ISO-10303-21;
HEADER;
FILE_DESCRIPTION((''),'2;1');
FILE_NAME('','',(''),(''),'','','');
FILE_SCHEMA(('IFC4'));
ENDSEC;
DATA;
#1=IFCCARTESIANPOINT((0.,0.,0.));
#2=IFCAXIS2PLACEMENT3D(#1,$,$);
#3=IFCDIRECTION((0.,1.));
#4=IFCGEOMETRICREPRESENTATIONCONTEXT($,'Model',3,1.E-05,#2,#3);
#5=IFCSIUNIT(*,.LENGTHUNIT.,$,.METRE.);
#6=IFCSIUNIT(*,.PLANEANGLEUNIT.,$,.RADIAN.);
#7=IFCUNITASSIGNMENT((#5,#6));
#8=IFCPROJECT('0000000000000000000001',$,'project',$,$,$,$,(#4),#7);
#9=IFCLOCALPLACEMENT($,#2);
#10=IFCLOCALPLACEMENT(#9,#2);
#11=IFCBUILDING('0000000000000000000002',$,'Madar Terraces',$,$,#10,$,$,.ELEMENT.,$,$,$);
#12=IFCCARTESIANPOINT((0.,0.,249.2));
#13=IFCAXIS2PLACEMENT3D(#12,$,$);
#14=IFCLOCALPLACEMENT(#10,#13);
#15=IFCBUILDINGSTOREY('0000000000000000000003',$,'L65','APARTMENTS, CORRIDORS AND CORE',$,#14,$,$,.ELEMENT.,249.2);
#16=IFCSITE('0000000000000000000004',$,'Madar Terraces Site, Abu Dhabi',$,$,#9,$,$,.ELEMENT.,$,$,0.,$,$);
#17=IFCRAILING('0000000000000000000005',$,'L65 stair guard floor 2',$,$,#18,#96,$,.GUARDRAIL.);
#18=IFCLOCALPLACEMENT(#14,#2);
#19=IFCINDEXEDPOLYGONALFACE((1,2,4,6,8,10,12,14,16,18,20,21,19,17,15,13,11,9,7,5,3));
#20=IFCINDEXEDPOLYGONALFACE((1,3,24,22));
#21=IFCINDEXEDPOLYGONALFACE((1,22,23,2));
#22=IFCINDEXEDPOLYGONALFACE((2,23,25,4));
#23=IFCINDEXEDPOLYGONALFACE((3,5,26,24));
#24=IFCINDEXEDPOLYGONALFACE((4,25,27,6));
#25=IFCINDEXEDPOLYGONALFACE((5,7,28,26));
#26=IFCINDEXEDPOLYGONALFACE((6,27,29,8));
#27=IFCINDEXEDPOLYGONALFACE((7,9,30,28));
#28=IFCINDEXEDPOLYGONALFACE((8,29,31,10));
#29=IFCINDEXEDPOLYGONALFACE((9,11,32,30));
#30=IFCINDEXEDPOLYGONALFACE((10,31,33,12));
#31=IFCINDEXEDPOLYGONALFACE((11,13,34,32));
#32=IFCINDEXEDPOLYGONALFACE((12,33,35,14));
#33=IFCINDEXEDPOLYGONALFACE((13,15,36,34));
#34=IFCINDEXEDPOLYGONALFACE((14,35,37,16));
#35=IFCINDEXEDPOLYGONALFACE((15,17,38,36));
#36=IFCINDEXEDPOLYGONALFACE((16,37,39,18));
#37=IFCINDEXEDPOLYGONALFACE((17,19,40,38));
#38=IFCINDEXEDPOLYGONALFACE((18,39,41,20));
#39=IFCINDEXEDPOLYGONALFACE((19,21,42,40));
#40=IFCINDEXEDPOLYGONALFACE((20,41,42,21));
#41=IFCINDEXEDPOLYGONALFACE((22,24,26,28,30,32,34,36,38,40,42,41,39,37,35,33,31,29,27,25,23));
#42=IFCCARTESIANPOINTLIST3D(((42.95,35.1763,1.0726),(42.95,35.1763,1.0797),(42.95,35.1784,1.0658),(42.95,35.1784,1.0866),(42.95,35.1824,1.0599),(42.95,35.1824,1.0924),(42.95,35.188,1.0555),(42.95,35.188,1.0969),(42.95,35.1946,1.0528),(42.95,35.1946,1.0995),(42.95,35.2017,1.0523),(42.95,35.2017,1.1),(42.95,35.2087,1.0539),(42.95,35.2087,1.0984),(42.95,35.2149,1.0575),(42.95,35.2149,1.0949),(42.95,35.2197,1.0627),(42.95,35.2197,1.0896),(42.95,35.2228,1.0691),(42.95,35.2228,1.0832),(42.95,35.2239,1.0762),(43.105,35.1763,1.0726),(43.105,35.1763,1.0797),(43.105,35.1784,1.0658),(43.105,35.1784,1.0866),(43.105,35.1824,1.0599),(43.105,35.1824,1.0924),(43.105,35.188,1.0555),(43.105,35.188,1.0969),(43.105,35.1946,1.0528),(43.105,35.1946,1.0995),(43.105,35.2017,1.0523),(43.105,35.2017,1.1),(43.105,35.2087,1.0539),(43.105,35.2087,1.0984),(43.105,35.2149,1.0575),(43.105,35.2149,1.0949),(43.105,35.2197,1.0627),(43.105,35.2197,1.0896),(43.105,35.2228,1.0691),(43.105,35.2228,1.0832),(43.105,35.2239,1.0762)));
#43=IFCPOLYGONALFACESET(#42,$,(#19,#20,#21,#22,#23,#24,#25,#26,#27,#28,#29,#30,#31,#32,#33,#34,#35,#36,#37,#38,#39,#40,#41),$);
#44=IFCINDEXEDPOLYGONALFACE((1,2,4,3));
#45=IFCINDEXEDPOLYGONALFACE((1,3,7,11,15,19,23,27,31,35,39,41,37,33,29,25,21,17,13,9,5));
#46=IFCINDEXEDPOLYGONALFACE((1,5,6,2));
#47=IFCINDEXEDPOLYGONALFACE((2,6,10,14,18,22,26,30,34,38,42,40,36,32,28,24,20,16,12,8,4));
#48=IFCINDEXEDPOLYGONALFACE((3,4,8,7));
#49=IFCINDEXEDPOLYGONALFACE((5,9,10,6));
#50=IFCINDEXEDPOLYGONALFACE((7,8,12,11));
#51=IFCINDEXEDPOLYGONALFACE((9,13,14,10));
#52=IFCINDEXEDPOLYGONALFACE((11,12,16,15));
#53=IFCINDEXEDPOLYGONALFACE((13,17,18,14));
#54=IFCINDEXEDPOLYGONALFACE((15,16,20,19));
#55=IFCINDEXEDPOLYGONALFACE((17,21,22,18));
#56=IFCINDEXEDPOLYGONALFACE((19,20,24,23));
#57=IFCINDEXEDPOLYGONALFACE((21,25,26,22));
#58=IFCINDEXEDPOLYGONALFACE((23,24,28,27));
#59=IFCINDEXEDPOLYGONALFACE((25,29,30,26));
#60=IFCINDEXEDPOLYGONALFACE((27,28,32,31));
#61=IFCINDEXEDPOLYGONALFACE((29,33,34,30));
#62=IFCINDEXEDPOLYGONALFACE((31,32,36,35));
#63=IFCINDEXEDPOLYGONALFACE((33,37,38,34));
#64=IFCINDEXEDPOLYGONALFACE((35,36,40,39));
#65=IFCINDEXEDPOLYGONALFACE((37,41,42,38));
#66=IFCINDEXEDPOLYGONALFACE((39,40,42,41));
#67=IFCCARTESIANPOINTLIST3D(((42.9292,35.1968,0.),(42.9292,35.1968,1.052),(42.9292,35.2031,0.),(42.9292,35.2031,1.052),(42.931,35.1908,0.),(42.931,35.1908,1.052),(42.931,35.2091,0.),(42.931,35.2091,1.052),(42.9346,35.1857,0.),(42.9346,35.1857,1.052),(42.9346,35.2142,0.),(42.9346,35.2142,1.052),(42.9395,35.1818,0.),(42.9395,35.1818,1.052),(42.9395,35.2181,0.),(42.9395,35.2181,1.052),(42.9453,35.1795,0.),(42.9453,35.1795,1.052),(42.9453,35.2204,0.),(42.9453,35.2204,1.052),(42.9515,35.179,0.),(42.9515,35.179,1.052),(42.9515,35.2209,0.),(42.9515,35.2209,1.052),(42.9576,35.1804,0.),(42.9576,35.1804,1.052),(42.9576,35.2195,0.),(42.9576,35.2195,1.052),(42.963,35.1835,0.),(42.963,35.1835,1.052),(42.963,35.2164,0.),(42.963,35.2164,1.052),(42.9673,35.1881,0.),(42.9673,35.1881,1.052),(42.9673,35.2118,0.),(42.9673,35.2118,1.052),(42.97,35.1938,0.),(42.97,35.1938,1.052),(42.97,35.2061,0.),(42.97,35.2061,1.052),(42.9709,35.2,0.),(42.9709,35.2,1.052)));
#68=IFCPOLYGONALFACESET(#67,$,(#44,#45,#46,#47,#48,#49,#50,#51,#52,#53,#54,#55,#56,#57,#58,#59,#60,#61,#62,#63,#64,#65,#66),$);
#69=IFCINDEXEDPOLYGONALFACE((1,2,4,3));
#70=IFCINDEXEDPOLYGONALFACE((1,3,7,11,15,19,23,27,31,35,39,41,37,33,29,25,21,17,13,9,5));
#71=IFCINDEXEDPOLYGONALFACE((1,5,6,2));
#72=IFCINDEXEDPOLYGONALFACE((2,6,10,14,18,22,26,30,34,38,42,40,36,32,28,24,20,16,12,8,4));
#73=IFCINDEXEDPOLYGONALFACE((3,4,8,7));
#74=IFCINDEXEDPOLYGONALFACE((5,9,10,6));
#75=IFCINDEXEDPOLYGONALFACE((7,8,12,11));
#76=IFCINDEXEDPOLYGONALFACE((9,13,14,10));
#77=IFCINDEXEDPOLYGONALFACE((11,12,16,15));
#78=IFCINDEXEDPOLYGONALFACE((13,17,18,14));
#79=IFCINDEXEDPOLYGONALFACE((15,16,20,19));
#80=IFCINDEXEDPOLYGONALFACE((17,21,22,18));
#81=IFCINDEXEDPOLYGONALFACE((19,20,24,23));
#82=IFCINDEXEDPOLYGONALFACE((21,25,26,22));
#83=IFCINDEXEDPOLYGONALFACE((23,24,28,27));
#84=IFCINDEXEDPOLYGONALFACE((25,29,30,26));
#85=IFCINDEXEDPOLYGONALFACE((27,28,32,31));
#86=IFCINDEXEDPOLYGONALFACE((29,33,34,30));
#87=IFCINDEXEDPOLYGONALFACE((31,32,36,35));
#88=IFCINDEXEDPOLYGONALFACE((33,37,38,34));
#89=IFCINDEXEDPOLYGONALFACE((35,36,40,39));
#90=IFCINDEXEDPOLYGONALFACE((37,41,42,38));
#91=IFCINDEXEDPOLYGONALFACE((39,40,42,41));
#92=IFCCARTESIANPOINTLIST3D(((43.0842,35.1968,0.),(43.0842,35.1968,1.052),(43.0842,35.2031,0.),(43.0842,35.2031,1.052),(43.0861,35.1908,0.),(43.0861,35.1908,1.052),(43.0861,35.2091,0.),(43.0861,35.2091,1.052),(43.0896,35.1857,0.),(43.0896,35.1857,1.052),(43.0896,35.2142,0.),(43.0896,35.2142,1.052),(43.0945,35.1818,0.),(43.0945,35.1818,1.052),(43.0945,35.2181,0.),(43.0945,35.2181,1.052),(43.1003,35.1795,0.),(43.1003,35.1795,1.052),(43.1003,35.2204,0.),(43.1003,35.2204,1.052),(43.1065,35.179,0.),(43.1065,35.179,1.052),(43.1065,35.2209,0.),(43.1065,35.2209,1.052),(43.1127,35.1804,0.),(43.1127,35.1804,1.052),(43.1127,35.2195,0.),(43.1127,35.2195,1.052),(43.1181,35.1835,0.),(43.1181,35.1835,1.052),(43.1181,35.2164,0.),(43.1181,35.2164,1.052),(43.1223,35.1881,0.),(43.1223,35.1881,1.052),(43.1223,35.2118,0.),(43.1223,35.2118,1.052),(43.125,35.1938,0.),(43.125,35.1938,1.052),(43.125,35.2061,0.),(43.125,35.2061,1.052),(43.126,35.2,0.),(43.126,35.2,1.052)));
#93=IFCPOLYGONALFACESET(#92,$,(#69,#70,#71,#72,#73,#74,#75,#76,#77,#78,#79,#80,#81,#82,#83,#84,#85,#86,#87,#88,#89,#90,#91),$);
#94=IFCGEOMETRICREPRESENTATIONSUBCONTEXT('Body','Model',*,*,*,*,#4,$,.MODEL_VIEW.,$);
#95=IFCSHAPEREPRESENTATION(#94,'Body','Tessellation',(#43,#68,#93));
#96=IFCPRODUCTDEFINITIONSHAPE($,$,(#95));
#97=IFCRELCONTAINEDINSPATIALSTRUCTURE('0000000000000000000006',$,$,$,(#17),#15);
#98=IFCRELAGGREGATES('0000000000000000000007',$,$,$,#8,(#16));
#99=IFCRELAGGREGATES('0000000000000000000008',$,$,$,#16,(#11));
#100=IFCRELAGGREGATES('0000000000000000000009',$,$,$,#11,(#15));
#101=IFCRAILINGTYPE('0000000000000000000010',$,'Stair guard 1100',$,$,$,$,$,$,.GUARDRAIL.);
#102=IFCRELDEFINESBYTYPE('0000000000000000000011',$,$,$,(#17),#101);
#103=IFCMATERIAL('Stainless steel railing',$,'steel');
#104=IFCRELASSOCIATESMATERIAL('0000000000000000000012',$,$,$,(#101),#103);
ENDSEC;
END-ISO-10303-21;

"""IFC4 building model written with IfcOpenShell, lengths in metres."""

from ifc_helpers import new_model, si_unit, direction, frame, origin, origin_2d, place, context, subcontext, project, spatial, circle, extrude, material, type_object, element, save


model = new_model("IFC4")

# Units and contexts
model_context = context("Model", 3, precision=1e-05, world=origin(), true_north=direction((0.0, 1.0)))
body_context = subcontext(model_context, "Body", "Model", "MODEL_VIEW")
ifc_project = project(units=[si_unit("LENGTHUNIT", "METRE"), si_unit("PLANEANGLEUNIT", "RADIAN")], contexts=[model_context])

# Site, building, storey
site_placement = place(None, origin())
site = spatial("IfcSite", under=ifc_project, at=site_placement, Name="Madar Terraces Site, Abu Dhabi", CompositionType="ELEMENT", RefElevation=0.0)
building_placement = place(site_placement, origin())
building = spatial("IfcBuilding", under=site, at=building_placement, Name="Madar Terraces", CompositionType="ELEMENT")
storey_placement = place(building_placement, frame((0.0, 0.0, 249.2)))
storey = spatial("IfcBuildingStorey", under=building, at=storey_placement, Name="L65", Description="APARTMENTS, CORRIDORS AND CORE", CompositionType="ELEMENT", Elevation=249.2)

# Railing
ifc_material_1 = material(Name="Stainless steel railing", Category="steel")
railing_type_1 = type_object("IfcRailingType", Name="Stair guard 1100", PredefinedType="GUARDRAIL", material=ifc_material_1)
for number, where, name in (
    (1, (42.95, 35.2, 0.0), "L65 stair guard floor 2"),
):
    element("IfcRailing", number, at=place(storey_placement, frame(where)), inside=storey, type_object=railing_type_1, Name=name, PredefinedType="GUARDRAIL", context=body_context, shape_type="SweptSolid", body=[
        extrude(circle(Radius=0.0239, at=origin_2d()), frame((0.0, 0.0, 1.0762), z_axis=(1.0, 0.0, 0.0), x_axis=(0.0, 1.0, 0.0)), (0.0, 0.0, 1.0), 0.155),
        extrude(circle(Radius=0.021, at=origin_2d()), origin(), (0.0, 0.0, 1.0), 1.052),
        extrude(circle(Radius=0.021, at=origin_2d()), frame((0.155, 0.0, 0.0)), (0.0, 0.0, 1.0), 1.052),
    ])

save(model, "model.ifc")
